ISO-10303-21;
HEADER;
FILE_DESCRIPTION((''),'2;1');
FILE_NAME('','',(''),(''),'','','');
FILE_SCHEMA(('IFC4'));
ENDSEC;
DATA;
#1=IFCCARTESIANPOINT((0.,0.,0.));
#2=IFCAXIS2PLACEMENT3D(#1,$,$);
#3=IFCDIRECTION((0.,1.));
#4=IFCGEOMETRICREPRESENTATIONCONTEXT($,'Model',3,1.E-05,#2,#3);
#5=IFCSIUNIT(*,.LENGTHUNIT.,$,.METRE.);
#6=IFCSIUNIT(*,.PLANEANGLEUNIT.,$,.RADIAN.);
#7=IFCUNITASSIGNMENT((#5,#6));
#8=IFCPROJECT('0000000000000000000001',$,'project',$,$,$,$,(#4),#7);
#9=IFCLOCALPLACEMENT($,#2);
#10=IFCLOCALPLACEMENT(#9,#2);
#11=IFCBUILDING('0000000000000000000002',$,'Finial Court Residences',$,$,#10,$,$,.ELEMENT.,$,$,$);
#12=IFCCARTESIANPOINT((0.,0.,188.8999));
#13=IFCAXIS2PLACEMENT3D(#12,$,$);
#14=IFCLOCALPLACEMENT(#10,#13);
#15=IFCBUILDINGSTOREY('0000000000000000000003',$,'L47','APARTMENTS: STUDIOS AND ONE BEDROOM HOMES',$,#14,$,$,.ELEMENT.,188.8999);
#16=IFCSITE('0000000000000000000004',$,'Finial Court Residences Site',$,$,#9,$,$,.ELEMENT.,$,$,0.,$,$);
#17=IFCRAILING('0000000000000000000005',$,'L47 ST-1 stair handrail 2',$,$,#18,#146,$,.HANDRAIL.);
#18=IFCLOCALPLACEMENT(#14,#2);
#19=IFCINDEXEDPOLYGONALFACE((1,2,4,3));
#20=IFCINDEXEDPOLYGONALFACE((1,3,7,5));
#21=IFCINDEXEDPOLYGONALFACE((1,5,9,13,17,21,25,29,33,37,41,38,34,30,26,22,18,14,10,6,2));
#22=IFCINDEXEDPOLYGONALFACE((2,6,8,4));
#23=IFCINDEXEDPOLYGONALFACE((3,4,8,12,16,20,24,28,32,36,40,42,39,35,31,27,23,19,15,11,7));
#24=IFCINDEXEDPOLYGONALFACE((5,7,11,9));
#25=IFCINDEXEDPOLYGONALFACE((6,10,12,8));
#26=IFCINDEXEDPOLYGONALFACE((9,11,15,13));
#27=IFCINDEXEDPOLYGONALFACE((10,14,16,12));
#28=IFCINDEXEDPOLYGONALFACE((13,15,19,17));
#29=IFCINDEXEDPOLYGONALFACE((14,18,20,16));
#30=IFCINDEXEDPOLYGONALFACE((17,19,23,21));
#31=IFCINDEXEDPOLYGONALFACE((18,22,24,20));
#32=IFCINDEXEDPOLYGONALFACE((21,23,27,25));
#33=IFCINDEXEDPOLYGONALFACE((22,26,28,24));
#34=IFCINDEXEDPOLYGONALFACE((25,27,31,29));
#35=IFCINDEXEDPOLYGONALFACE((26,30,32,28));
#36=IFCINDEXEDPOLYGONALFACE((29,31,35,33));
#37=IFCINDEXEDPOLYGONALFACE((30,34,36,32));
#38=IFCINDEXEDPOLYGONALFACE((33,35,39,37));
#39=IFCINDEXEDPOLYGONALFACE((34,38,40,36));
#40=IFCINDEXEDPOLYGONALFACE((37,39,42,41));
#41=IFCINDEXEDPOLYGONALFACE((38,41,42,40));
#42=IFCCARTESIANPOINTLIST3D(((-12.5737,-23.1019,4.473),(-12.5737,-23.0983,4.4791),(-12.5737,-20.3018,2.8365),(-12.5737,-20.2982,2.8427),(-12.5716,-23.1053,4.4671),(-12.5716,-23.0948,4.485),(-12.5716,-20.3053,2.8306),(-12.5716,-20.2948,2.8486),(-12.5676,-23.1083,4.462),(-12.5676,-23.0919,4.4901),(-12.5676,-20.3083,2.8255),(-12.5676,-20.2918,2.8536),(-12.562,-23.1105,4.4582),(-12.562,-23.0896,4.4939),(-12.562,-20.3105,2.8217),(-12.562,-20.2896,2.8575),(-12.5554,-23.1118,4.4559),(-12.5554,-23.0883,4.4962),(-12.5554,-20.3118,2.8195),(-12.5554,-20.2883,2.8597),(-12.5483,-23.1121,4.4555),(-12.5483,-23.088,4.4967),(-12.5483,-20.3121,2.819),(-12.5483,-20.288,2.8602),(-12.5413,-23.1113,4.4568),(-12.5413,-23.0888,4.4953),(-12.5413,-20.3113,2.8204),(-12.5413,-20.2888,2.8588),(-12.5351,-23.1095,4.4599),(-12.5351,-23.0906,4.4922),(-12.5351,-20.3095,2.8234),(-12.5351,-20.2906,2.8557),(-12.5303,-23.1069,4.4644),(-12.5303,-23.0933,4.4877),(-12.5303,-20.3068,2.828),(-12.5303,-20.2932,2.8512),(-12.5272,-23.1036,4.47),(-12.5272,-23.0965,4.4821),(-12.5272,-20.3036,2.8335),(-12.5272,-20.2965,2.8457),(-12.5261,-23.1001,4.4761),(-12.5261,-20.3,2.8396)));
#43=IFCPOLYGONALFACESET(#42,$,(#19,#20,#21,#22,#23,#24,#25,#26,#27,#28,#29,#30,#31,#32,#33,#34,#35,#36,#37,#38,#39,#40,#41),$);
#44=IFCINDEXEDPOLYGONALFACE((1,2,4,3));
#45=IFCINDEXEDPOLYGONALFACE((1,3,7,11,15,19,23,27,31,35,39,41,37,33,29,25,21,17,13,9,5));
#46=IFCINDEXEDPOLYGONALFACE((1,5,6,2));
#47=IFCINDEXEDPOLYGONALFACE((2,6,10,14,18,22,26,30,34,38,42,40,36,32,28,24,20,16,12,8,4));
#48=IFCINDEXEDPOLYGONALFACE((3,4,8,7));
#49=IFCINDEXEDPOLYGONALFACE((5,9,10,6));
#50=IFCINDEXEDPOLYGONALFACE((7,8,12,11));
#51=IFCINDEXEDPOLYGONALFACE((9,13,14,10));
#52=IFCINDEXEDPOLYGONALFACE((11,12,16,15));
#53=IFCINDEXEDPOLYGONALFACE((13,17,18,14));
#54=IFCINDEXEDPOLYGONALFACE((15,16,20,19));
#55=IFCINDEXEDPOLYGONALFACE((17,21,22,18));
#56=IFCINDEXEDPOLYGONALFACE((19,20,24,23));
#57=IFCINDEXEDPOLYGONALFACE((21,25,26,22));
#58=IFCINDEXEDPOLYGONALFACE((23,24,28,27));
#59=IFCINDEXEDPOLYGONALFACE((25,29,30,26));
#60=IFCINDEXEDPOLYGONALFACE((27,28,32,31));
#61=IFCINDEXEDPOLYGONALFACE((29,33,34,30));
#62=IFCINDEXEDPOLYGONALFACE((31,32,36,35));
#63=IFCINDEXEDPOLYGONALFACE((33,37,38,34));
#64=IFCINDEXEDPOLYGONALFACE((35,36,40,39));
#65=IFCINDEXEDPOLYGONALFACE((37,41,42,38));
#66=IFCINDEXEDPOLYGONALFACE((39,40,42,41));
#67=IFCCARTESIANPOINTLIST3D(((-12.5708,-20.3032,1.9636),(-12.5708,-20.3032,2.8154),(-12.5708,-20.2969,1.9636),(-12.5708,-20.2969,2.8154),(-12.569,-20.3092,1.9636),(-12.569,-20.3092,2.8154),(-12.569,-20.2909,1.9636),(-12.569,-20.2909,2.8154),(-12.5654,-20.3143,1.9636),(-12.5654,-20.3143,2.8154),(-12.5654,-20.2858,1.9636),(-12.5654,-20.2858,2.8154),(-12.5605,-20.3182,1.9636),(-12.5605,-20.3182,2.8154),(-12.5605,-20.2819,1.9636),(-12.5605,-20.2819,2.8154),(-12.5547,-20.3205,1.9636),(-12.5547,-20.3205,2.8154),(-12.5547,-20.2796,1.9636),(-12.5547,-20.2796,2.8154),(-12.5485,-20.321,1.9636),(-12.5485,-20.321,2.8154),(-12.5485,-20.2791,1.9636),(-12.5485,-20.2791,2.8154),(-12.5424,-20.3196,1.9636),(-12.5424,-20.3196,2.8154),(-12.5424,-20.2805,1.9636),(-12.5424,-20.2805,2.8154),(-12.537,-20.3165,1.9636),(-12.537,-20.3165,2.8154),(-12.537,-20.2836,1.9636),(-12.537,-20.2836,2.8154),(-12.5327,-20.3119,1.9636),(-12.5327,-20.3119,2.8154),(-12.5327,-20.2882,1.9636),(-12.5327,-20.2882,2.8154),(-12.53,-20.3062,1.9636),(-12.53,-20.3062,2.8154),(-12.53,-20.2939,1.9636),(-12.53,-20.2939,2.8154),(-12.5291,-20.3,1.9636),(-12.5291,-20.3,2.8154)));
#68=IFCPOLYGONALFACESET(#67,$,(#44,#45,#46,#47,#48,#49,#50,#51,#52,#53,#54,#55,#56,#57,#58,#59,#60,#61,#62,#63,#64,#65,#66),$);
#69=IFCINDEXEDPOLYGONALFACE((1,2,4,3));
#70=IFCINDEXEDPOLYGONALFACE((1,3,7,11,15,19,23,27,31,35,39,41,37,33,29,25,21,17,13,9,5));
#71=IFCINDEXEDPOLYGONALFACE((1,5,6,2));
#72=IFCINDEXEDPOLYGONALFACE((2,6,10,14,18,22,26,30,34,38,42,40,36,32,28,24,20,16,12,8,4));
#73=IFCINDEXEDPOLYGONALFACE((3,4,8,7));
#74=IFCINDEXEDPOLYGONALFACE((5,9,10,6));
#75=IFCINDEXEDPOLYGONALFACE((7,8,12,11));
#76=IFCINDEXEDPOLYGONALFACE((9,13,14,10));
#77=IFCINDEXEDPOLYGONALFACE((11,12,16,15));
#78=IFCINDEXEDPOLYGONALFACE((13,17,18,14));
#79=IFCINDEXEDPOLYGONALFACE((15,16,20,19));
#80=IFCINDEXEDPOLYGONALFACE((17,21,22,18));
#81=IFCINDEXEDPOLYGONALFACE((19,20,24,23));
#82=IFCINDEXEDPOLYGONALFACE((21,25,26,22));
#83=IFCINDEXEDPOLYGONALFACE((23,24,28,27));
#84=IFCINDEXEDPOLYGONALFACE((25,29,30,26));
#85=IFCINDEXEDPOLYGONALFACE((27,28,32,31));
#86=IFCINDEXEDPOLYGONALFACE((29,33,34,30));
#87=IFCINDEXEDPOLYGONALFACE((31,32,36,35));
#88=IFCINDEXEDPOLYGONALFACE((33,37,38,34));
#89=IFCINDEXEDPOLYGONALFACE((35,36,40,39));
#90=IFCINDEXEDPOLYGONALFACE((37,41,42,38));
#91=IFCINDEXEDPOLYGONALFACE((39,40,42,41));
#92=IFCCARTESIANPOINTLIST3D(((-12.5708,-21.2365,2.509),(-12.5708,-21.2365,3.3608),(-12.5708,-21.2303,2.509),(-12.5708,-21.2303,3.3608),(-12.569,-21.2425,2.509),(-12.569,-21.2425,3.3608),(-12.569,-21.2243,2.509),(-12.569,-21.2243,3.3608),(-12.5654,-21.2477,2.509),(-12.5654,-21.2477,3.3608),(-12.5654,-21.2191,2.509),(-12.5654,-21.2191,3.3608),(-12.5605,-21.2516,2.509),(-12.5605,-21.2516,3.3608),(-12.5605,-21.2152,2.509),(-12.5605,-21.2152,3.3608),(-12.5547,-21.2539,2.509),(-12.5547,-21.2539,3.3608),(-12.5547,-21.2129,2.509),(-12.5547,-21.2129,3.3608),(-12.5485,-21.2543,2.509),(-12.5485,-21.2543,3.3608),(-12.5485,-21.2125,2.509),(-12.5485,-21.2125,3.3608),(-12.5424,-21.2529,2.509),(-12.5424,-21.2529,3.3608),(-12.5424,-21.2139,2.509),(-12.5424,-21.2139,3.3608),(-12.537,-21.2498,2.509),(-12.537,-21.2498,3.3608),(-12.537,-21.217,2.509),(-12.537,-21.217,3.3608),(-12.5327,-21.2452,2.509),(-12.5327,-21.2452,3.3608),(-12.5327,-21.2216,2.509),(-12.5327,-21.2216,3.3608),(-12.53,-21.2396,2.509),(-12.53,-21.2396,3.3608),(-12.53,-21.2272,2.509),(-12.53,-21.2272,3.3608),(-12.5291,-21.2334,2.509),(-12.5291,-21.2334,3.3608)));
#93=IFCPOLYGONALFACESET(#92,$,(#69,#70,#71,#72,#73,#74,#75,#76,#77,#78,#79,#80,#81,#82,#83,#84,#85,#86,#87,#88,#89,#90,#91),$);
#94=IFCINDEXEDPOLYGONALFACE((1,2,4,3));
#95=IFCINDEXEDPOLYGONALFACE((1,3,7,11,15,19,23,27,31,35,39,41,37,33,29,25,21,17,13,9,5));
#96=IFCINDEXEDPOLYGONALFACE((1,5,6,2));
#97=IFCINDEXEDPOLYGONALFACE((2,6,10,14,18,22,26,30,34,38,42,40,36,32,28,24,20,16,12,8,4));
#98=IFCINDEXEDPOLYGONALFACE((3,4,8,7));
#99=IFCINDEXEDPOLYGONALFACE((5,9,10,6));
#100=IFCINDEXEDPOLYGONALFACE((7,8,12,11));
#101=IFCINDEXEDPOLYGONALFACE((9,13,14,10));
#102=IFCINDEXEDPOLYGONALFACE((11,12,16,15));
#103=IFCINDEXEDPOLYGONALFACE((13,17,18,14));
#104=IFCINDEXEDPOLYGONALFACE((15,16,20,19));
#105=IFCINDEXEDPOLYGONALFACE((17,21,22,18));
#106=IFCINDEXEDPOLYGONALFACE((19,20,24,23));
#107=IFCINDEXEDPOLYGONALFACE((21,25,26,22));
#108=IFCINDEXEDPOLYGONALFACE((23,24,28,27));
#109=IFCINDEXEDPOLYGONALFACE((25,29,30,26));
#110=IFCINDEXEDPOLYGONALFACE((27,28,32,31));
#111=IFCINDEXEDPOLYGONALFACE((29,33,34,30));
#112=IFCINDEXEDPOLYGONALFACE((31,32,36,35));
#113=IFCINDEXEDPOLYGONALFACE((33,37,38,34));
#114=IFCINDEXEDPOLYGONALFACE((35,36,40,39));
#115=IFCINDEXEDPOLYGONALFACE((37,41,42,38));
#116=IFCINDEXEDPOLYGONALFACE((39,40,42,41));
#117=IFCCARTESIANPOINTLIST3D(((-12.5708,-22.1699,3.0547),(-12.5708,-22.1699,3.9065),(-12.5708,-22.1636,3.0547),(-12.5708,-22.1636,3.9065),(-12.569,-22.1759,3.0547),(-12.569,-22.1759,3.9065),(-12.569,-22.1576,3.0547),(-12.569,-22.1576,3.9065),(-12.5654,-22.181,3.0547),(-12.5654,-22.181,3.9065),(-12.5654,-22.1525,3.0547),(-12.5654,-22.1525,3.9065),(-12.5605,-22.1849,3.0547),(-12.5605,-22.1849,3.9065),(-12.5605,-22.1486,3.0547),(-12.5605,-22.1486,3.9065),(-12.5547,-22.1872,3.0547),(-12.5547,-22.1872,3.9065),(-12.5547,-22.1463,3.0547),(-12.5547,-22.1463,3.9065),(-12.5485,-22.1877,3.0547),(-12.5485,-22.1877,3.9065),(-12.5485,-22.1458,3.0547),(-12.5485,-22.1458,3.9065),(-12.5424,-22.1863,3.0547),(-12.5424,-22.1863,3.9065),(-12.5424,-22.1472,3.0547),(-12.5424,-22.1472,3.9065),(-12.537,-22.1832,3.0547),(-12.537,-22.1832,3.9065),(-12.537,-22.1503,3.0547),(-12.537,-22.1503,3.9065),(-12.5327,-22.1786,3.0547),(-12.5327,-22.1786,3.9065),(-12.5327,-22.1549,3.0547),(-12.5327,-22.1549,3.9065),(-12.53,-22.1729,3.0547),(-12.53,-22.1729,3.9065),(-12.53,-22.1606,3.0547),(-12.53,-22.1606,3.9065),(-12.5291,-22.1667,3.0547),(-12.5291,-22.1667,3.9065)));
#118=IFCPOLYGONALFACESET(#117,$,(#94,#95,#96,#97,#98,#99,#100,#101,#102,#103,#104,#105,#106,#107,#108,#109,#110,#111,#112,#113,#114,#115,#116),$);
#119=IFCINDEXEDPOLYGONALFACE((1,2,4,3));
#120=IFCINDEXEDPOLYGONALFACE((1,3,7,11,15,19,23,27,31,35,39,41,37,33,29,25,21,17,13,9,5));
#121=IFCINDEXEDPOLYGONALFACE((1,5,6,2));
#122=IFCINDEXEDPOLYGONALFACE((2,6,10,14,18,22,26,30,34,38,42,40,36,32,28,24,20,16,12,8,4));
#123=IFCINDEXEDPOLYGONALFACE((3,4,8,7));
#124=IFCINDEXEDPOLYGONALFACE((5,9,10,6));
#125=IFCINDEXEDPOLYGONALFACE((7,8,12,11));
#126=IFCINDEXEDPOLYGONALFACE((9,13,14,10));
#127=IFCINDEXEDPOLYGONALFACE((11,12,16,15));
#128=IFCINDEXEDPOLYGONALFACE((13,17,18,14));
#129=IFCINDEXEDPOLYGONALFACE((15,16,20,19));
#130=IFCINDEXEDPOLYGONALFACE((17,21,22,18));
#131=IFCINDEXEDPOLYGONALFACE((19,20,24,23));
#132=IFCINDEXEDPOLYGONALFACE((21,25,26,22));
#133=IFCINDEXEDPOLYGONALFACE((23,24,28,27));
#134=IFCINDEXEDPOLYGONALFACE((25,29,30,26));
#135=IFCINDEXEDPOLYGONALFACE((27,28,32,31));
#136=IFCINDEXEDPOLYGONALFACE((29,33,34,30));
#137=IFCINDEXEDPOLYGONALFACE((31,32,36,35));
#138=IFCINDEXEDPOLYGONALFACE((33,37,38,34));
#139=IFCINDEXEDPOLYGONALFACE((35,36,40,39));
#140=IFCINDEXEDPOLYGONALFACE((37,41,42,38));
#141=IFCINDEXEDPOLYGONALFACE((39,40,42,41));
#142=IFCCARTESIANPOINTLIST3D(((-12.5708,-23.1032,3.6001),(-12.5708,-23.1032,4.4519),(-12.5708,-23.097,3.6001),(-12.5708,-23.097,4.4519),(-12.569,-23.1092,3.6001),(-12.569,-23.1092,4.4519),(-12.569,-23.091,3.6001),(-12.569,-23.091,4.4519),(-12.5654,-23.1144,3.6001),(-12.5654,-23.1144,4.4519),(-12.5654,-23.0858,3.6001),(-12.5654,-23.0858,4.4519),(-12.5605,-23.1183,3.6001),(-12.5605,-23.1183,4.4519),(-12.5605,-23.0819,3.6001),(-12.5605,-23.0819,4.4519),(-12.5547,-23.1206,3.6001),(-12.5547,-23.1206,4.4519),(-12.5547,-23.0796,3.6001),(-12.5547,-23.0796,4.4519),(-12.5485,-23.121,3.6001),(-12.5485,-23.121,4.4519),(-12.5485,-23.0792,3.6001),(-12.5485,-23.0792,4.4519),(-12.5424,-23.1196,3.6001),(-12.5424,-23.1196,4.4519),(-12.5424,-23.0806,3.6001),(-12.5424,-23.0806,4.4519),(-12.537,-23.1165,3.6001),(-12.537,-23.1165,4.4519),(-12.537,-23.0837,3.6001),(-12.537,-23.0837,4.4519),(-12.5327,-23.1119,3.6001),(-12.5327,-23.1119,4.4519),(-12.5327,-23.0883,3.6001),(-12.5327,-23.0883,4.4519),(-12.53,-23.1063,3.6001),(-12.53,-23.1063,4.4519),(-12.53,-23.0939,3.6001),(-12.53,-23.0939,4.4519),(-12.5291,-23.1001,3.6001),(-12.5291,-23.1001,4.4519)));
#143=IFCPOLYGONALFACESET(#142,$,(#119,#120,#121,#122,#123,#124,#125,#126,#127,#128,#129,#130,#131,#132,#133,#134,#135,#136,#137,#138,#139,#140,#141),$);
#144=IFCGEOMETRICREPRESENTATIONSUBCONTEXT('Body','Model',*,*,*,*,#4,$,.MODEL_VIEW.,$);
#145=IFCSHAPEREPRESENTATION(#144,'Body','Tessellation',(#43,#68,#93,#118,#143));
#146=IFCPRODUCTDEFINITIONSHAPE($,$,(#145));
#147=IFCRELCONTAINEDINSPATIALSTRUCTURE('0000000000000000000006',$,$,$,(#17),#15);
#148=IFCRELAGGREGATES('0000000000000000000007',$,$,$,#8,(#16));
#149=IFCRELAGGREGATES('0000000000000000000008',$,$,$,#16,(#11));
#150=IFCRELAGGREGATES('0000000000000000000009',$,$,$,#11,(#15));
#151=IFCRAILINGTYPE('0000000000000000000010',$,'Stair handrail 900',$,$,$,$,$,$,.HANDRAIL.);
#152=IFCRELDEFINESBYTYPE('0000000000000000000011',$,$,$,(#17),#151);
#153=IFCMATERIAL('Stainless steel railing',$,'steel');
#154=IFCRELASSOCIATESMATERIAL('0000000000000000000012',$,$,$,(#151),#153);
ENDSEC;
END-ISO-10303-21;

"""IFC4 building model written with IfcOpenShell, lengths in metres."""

from ifc_helpers import new_model, si_unit, direction, frame, origin, origin_2d, place, context, subcontext, project, spatial, circle, extrude, material, type_object, element, save


model = new_model("IFC4")

# Units and contexts
model_context = context("Model", 3, precision=1e-05, world=origin(), true_north=direction((0.0, 1.0)))
body_context = subcontext(model_context, "Body", "Model", "MODEL_VIEW")
ifc_project = project(units=[si_unit("LENGTHUNIT", "METRE"), si_unit("PLANEANGLEUNIT", "RADIAN")], contexts=[model_context])

# Site, building, storey
site_placement = place(None, origin())
site = spatial("IfcSite", under=ifc_project, at=site_placement, Name="Finial Court Residences Site", CompositionType="ELEMENT", RefElevation=0.0)
building_placement = place(site_placement, origin())
building = spatial("IfcBuilding", under=site, at=building_placement, Name="Finial Court Residences", CompositionType="ELEMENT")
storey_placement = place(building_placement, frame((0.0, 0.0, 188.8999)))
storey = spatial("IfcBuildingStorey", under=building, at=storey_placement, Name="L47", Description="APARTMENTS: STUDIOS AND ONE BEDROOM HOMES", CompositionType="ELEMENT", Elevation=188.8999)

# Railing
ifc_material_1 = material(Name="Stainless steel railing", Category="steel")
railing_type_1 = type_object("IfcRailingType", Name="Stair handrail 900", PredefinedType="HANDRAIL", material=ifc_material_1)
railing_1_placement = place(storey_placement, frame((-12.55, -20.3, 1.9636)))
element("IfcRailing", 1, at=railing_1_placement, inside=storey, type_object=railing_type_1, Name="L47 ST-1 stair handrail 2", PredefinedType="HANDRAIL", context=body_context, shape_type="SweptSolid", body=[
    extrude(circle(Radius=0.0239, at=origin_2d()), frame((0.0, 0.0, 0.876), z_axis=(0.0, -0.863361, 0.504587), x_axis=(1.0, 0.0, 0.0)), (0.0, 0.0, 1.0), 3.2432),
    extrude(circle(Radius=0.021, at=origin_2d()), origin(), (0.0, 0.0, 1.0), 0.8518),
    extrude(circle(Radius=0.021, at=origin_2d()), frame((0.0, -0.9333, 0.5454)), (0.0, 0.0, 1.0), 0.8518),
    extrude(circle(Radius=0.021, at=origin_2d()), frame((0.0, -1.8667, 1.0911)), (0.0, 0.0, 1.0), 0.8518),
    extrude(circle(Radius=0.021, at=origin_2d()), frame((0.0, -2.8, 1.6365)), (0.0, 0.0, 1.0), 0.8518),
])

save(model, "model.ifc")
